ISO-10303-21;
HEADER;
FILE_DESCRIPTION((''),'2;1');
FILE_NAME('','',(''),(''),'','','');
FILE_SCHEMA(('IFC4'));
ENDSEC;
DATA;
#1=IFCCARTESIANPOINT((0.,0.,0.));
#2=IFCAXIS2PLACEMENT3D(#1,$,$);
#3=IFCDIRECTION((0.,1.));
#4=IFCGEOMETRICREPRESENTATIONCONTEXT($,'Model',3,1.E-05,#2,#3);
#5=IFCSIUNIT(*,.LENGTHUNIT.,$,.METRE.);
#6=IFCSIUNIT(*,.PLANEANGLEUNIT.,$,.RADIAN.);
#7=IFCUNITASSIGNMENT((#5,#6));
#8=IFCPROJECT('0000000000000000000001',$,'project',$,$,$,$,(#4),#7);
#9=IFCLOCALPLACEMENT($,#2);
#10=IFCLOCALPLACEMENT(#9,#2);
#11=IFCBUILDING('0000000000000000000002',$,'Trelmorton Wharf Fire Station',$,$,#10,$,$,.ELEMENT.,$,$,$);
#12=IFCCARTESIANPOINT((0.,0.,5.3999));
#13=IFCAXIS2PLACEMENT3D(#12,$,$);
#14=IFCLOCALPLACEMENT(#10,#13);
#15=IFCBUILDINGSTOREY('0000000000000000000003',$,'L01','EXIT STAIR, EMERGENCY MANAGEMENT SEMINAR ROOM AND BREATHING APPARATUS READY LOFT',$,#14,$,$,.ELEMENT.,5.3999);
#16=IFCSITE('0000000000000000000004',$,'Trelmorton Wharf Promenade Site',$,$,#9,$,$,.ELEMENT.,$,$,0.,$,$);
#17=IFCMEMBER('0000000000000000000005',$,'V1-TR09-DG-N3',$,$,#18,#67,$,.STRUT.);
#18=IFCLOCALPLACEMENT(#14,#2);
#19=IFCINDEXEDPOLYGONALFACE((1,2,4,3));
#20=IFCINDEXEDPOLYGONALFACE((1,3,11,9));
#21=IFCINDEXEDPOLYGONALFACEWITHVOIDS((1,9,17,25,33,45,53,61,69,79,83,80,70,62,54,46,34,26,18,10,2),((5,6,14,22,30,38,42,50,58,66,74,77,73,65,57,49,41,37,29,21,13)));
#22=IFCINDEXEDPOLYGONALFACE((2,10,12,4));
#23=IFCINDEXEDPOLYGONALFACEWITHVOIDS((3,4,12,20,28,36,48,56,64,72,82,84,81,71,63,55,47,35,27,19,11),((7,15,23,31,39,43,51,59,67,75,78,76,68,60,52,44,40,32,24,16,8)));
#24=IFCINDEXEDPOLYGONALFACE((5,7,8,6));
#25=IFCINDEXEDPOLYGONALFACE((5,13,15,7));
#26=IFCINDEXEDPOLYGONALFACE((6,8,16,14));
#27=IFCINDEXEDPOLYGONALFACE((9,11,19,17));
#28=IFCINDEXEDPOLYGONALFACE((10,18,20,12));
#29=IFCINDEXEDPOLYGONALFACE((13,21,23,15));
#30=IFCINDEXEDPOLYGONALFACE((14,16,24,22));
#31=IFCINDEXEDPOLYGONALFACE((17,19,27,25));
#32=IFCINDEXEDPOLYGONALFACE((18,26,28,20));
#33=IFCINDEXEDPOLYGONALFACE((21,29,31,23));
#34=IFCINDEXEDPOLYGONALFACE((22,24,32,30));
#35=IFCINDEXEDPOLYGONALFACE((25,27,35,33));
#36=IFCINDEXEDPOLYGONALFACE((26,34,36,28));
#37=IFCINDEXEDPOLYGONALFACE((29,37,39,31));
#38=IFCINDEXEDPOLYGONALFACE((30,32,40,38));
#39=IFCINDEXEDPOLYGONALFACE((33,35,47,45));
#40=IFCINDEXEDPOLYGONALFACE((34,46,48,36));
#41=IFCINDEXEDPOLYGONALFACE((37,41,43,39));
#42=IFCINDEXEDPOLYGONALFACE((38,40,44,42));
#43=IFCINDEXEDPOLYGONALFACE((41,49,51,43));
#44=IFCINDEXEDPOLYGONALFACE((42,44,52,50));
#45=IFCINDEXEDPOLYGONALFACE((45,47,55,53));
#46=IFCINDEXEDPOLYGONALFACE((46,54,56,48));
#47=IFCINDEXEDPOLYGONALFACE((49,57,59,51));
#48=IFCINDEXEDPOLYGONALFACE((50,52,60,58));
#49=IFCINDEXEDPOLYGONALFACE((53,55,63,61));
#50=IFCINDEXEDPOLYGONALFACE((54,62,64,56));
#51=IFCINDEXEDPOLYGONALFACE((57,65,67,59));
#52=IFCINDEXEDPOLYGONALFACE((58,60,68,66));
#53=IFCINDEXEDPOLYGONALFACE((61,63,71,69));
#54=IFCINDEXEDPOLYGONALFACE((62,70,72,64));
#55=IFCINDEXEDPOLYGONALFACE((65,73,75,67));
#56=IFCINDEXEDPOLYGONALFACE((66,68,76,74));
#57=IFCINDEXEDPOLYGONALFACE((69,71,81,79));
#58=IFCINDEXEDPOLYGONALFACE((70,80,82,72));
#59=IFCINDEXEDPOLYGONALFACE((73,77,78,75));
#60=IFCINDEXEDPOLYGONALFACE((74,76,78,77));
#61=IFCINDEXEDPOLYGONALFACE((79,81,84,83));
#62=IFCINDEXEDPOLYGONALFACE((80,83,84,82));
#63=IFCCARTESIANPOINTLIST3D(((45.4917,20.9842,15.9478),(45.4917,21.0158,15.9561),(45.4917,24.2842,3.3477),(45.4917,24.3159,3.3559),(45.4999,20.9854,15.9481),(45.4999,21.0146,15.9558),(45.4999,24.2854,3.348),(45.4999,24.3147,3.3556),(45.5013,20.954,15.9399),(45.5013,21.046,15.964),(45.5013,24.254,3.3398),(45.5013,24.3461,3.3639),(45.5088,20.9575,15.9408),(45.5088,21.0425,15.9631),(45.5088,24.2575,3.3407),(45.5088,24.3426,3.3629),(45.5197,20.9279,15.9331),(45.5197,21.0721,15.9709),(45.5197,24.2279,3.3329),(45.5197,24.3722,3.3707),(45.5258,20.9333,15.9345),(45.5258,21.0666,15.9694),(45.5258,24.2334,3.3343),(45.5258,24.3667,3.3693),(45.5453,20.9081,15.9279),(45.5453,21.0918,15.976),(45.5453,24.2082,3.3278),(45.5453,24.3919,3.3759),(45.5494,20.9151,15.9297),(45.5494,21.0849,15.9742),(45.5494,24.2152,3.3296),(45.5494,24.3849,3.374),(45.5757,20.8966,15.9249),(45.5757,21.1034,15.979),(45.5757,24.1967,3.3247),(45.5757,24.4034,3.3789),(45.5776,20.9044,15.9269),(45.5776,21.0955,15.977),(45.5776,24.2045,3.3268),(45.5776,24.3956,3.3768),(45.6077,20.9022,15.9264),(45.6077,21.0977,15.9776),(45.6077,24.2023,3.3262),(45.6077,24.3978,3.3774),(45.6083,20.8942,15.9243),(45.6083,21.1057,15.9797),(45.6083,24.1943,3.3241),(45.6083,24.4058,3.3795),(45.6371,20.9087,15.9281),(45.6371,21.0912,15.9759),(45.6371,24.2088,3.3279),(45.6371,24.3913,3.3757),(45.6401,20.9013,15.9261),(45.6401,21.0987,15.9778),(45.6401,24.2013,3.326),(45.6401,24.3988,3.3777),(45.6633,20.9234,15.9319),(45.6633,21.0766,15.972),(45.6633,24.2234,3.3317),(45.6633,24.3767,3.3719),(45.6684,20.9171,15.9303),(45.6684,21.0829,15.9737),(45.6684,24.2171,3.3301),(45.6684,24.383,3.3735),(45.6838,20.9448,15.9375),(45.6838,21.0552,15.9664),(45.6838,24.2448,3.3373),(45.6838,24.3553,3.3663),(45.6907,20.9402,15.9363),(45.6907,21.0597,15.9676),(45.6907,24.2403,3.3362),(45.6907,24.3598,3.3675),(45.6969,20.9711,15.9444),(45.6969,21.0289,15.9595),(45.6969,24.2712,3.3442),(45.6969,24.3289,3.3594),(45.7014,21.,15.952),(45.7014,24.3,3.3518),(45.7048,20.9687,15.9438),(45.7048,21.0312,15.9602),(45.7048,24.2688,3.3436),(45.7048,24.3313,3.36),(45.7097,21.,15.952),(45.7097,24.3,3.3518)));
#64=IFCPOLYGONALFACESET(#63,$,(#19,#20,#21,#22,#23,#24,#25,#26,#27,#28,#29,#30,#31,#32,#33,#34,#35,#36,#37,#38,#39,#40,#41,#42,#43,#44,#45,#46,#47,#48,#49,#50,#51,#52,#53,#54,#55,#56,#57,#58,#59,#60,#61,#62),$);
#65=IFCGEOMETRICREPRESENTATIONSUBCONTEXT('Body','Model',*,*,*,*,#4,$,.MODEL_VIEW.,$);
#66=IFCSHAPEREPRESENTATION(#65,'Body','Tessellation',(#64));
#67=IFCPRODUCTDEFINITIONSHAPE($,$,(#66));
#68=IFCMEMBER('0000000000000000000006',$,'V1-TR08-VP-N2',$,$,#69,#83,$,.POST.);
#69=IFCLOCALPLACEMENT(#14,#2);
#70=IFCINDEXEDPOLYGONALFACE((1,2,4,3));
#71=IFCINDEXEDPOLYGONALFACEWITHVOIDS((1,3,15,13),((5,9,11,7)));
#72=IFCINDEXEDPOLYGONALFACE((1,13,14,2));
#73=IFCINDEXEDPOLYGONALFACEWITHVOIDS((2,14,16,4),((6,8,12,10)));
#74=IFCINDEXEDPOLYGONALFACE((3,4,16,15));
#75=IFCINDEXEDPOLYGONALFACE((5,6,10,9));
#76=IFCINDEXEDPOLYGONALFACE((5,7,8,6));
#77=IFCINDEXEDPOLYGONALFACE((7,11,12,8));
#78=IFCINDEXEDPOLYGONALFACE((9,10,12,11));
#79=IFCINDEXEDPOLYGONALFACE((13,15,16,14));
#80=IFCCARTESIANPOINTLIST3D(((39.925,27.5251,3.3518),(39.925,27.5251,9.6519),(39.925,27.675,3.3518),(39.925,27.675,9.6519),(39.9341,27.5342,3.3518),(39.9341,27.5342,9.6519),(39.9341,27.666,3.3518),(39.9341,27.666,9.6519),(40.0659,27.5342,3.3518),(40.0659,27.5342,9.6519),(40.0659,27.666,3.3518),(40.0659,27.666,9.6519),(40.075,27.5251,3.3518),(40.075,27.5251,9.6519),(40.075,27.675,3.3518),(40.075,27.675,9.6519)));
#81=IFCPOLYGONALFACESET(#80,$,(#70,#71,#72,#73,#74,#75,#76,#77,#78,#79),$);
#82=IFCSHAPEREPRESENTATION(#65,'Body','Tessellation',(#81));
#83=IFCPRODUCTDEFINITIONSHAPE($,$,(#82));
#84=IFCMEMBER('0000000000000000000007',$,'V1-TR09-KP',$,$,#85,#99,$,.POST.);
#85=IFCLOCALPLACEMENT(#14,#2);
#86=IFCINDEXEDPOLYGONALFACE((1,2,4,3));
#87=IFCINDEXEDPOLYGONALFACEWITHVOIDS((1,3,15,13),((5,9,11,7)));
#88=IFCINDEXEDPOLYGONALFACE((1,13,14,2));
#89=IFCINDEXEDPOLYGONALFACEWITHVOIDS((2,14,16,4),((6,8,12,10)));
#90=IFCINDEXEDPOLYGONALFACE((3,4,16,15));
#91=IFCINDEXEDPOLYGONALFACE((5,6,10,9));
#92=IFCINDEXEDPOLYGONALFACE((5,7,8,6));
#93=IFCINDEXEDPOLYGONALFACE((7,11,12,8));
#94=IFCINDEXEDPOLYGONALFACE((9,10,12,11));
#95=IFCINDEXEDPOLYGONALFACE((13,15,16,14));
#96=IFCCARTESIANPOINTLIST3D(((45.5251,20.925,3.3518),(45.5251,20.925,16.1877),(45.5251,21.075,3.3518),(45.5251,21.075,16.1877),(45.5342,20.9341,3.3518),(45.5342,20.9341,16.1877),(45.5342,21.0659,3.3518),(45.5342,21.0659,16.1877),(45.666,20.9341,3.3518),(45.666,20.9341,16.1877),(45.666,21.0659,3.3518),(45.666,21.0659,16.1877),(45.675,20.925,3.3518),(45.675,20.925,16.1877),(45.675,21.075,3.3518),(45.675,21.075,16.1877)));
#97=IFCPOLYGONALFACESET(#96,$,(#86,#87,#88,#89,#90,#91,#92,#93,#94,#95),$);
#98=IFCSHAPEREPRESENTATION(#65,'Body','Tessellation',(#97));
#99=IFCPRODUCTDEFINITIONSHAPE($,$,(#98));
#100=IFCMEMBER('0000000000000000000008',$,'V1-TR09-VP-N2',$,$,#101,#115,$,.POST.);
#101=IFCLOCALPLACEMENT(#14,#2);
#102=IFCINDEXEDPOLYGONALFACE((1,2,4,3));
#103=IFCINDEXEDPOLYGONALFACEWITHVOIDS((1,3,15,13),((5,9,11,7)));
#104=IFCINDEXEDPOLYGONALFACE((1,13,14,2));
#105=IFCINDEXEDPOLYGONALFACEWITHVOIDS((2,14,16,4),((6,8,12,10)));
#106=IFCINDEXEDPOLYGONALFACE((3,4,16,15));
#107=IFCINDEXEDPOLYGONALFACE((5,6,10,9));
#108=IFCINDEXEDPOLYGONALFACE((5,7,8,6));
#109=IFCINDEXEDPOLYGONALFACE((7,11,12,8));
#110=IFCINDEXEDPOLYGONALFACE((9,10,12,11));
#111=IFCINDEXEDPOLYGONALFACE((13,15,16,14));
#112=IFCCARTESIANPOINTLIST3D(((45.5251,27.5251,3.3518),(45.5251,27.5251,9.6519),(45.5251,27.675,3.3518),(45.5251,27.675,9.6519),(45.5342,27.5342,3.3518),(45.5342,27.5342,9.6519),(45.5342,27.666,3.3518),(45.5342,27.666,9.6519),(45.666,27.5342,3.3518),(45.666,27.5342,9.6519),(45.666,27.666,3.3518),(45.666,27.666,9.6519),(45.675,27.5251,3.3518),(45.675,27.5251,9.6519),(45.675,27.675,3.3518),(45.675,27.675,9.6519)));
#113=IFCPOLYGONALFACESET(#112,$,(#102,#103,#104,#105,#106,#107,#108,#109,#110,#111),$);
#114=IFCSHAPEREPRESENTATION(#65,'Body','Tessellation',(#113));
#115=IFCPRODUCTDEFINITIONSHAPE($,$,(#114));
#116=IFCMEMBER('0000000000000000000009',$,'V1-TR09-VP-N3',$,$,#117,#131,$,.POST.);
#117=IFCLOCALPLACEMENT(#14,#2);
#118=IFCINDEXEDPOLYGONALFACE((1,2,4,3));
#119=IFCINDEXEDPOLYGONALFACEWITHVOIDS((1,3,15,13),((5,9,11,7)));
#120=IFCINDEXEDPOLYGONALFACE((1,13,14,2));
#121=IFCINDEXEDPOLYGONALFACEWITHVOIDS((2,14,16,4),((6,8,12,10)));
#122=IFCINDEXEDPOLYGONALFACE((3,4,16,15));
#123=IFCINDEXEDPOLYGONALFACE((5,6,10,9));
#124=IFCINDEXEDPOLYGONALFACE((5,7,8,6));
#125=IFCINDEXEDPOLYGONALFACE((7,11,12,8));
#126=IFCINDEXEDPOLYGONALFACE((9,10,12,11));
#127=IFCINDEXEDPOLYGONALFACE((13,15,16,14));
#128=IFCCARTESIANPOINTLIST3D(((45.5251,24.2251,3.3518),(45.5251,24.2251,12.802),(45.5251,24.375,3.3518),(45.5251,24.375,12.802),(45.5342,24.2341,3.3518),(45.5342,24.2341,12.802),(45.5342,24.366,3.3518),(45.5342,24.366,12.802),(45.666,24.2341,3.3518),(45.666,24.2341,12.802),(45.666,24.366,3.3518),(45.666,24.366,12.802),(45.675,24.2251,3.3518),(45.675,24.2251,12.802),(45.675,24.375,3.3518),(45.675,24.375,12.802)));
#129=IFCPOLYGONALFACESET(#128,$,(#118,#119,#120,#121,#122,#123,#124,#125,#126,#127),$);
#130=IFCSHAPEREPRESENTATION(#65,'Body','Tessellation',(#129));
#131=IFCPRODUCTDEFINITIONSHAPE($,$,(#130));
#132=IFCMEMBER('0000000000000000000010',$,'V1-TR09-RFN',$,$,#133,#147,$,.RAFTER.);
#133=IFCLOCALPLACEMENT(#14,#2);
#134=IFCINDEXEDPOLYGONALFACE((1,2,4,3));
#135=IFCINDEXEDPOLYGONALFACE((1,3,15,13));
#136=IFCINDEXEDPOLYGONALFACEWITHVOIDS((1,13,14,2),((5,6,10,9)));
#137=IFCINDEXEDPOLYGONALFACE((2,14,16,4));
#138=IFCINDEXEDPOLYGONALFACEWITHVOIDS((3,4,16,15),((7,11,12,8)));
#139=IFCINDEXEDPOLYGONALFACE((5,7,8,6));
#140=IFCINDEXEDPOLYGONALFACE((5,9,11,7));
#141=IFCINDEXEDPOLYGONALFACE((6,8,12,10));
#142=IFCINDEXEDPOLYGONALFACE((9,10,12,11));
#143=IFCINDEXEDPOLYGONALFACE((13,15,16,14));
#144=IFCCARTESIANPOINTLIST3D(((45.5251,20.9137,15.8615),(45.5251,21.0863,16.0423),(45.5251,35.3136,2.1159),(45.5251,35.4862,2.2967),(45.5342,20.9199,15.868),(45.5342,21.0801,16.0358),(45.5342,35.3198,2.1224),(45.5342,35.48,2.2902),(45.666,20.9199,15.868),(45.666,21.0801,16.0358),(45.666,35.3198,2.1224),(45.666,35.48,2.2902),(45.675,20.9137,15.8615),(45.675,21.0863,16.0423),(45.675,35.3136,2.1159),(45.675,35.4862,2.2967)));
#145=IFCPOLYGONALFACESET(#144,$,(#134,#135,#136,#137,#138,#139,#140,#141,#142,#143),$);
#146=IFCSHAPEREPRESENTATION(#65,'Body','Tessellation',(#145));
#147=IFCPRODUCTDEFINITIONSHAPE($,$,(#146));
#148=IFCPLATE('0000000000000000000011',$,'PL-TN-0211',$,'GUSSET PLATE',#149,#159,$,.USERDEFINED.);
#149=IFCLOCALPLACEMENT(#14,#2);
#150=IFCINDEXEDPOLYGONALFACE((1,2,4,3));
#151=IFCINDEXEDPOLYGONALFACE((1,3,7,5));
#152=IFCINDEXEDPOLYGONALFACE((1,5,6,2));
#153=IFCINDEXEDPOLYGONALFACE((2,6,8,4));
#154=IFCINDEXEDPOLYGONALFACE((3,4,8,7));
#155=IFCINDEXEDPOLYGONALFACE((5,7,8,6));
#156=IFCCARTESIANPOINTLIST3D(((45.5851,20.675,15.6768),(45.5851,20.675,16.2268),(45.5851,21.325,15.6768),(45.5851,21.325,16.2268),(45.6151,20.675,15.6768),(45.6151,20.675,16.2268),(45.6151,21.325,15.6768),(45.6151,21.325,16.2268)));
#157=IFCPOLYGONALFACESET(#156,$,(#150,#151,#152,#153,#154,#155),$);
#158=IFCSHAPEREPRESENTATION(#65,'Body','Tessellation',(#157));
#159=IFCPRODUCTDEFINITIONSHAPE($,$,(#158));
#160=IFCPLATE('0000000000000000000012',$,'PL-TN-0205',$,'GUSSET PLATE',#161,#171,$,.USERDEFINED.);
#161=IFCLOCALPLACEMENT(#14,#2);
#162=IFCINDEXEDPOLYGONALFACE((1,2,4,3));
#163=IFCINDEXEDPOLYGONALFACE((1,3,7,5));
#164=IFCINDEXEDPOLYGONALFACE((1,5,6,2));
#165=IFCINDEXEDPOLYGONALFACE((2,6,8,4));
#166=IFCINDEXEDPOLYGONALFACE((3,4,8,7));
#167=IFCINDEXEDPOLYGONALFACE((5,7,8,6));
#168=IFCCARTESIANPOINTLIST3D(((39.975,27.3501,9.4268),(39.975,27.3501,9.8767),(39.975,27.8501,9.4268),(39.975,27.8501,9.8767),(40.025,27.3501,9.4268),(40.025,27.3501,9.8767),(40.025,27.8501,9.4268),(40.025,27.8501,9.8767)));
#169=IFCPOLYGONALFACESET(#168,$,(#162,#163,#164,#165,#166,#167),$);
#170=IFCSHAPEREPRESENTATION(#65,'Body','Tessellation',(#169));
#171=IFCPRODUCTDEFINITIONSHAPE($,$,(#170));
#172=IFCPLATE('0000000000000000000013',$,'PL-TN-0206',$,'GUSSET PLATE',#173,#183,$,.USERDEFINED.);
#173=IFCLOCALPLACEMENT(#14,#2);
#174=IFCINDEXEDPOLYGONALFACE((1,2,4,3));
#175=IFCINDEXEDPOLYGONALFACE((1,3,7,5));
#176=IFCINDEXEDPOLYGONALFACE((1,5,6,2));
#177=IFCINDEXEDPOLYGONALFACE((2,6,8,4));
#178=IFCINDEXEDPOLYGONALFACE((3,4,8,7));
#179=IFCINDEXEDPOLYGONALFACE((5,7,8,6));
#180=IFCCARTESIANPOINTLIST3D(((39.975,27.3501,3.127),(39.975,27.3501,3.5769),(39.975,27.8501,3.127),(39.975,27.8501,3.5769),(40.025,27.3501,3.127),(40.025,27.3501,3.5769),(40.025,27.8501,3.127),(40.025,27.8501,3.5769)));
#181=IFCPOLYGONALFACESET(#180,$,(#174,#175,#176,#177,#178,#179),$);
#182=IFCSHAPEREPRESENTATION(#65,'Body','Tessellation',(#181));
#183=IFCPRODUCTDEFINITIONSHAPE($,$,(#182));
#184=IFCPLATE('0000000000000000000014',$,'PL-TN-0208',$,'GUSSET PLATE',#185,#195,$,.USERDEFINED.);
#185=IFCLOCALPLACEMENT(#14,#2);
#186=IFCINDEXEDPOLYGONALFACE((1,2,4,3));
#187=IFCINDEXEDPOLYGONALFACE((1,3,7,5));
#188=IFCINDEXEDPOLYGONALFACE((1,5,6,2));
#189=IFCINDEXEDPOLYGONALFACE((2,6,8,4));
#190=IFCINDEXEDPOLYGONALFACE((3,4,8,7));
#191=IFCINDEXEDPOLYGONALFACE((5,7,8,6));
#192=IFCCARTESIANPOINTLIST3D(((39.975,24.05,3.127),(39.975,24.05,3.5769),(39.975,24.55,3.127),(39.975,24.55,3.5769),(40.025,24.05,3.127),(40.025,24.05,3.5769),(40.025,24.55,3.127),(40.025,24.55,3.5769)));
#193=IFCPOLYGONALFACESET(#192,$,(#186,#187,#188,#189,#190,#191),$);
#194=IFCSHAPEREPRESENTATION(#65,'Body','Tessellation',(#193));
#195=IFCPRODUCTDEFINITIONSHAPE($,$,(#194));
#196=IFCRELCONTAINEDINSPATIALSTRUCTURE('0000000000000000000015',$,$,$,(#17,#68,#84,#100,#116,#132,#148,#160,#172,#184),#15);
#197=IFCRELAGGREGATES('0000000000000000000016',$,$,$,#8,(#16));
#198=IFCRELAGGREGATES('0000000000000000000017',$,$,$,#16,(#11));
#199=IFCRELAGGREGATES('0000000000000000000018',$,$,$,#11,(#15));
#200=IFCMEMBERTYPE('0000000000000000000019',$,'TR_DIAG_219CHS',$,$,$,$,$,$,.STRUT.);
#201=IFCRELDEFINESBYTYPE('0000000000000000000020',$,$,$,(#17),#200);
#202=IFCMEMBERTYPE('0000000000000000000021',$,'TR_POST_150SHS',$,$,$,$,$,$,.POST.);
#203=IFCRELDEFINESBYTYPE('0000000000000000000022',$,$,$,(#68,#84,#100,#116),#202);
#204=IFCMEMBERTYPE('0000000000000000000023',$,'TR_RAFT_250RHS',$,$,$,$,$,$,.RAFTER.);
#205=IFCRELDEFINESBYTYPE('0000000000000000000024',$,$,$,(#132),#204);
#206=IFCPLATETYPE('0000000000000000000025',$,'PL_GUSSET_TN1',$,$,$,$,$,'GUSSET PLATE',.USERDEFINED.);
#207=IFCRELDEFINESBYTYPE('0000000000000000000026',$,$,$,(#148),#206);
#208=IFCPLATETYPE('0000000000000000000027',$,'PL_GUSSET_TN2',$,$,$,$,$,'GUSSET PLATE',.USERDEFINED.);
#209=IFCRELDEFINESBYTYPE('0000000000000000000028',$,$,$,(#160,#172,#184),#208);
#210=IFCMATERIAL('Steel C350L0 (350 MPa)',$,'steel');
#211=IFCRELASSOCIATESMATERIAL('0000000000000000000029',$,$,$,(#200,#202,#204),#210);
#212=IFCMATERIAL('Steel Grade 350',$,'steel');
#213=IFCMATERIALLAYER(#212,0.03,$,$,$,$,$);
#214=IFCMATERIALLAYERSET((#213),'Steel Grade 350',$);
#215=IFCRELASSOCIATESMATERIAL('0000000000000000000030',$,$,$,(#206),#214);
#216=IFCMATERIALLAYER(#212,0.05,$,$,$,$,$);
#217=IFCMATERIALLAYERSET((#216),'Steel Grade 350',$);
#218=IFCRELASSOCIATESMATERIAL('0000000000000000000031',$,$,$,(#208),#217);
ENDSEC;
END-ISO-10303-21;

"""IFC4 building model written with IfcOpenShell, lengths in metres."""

from ifc_helpers import new_model, si_unit, direction, frame, origin, origin_2d, place, context, subcontext, project, spatial, rectangle, hollow_rectangle, hollow_circle, extrude, material, layer, layer_set, material_profile, profile_set, type_object, element, save


model = new_model("IFC4")

# Units and contexts
model_context = context("Model", 3, precision=1e-05, world=origin(), true_north=direction((0.0, 1.0)))
body_context = subcontext(model_context, "Body", "Model", "MODEL_VIEW")
ifc_project = project(units=[si_unit("LENGTHUNIT", "METRE"), si_unit("PLANEANGLEUNIT", "RADIAN")], contexts=[model_context])

# Site, building, storey
site_placement = place(None, origin())
site = spatial("IfcSite", under=ifc_project, at=site_placement, Name="Trelmorton Wharf Promenade Site", CompositionType="ELEMENT", RefElevation=0.0)
building_placement = place(site_placement, origin())
building = spatial("IfcBuilding", under=site, at=building_placement, Name="Trelmorton Wharf Fire Station", CompositionType="ELEMENT")
storey_placement = place(building_placement, frame((0.0, 0.0, 5.3999)))
storey = spatial("IfcBuildingStorey", under=building, at=storey_placement, Name="L01", Description="EXIT STAIR, EMERGENCY MANAGEMENT SEMINAR ROOM AND BREATHING APPARATUS READY LOFT", CompositionType="ELEMENT", Elevation=5.3999)

# Shared definitions
ifc_material_1 = material(Name="Steel Grade 350", Category="steel")

# Members
ifc_material_2 = material(Name="Steel C350L0 (350 MPa)", Category="steel")
ifc_material_profile_1 = material_profile(ifc_material_2, hollow_circle(Radius=0.1096, WallThickness=0.0083, at=origin_2d()), Name="219.1x8.2CHS")
ifc_profile_set_1 = profile_set([ifc_material_profile_1], Name="Steel C350L0 (350 MPa)")
member_type_1 = type_object("IfcMemberType", Name="TR_DIAG_219CHS", PredefinedType="STRUT", material=ifc_profile_set_1)
member_1_placement = place(storey_placement, frame((45.6001, 24.3, 3.3518), z_axis=(0.0, -0.253361, 0.967372), x_axis=(1.0, 0.0, 0.0)))
element("IfcMember", 1, at=member_1_placement, inside=storey, type_object=member_type_1, Name="V1-TR09-DG-N3", PredefinedType="STRUT", context=body_context, shape_type="SweptSolid", body=[
    extrude(hollow_circle(Radius=0.1096, WallThickness=0.0083, at=origin_2d()), origin(), (0.0, 0.0, 1.0), 13.0251),
])
ifc_material_profile_2 = material_profile(ifc_material_2, hollow_rectangle(XDim=0.1499, YDim=0.1499, WallThickness=0.009, at=origin_2d()), Name="150x150x9.0SHS")
ifc_profile_set_2 = profile_set([ifc_material_profile_2], Name="Steel C350L0 (350 MPa)")
member_type_2 = type_object("IfcMemberType", Name="TR_POST_150SHS", PredefinedType="POST", material=ifc_profile_set_2)
member_2_placement = place(storey_placement, frame((40.0, 27.6001, 3.3518), z_axis=(0.0, 0.0, 1.0), x_axis=(1.0, 0.0, 0.0)))
element("IfcMember", 2, at=member_2_placement, inside=storey, type_object=member_type_2, Name="V1-TR08-VP-N2", PredefinedType="POST", context=body_context, shape_type="SweptSolid", body=[
    extrude(hollow_rectangle(XDim=0.1499, YDim=0.1499, WallThickness=0.009, at=origin_2d()), origin(), (0.0, 0.0, 1.0), 6.3),
])
member_3_placement = place(storey_placement, frame((45.6001, 21.0, 3.3518), z_axis=(0.0, 0.0, 1.0), x_axis=(1.0, 0.0, 0.0)))
element("IfcMember", 3, at=member_3_placement, inside=storey, type_object=member_type_2, Name="V1-TR09-KP", PredefinedType="POST", context=body_context, shape_type="SweptSolid", body=[
    extrude(hollow_rectangle(XDim=0.1499, YDim=0.1499, WallThickness=0.009, at=origin_2d()), origin(), (0.0, 0.0, 1.0), 12.8359),
])
member_4_placement = place(storey_placement, frame((45.6001, 27.6001, 3.3518), z_axis=(0.0, 0.0, 1.0), x_axis=(1.0, 0.0, 0.0)))
element("IfcMember", 4, at=member_4_placement, inside=storey, type_object=member_type_2, Name="V1-TR09-VP-N2", PredefinedType="POST", context=body_context, shape_type="SweptSolid", body=[
    extrude(hollow_rectangle(XDim=0.1499, YDim=0.1499, WallThickness=0.009, at=origin_2d()), origin(), (0.0, 0.0, 1.0), 6.3),
])
member_5_placement = place(storey_placement, frame((45.6001, 24.3, 3.3518), z_axis=(0.0, 0.0, 1.0), x_axis=(1.0, 0.0, 0.0)))
element("IfcMember", 5, at=member_5_placement, inside=storey, type_object=member_type_2, Name="V1-TR09-VP-N3", PredefinedType="POST", context=body_context, shape_type="SweptSolid", body=[
    extrude(hollow_rectangle(XDim=0.1499, YDim=0.1499, WallThickness=0.009, at=origin_2d()), origin(), (0.0, 0.0, 1.0), 9.4502),
])
ifc_material_profile_3 = material_profile(ifc_material_2, hollow_rectangle(XDim=0.1499, YDim=0.25, WallThickness=0.009, at=origin_2d()), Name="250x150x9.0RHS")
ifc_profile_set_3 = profile_set([ifc_material_profile_3], Name="Steel C350L0 (350 MPa)")
member_type_3 = type_object("IfcMemberType", Name="TR_RAFT_250RHS", PredefinedType="RAFTER", material=ifc_profile_set_3)
member_6_placement = place(storey_placement, frame((45.6001, 21.0, 15.9519), z_axis=(0.0, 0.723349, -0.690482), x_axis=(-1.0, 0.0, 0.0)))
element("IfcMember", 6, at=member_6_placement, inside=storey, type_object=member_type_3, Name="V1-TR09-RFN", PredefinedType="RAFTER", context=body_context, shape_type="SweptSolid", body=[
    extrude(hollow_rectangle(XDim=0.1499, YDim=0.25, WallThickness=0.009, at=origin_2d()), origin(), (0.0, 0.0, 1.0), 19.9072),
])

# Plates
ifc_layer_1 = layer(ifc_material_1, 0.03)
ifc_layer_set_1 = layer_set([ifc_layer_1], Name="Steel Grade 350")
plate_type_1 = type_object("IfcPlateType", Name="PL_GUSSET_TN1", ElementType="GUSSET PLATE", PredefinedType="USERDEFINED", material=ifc_layer_set_1)
plate_placement = place(storey_placement, frame((45.6001, 21.0, 15.6768), z_axis=(0.0, 0.0, 1.0), x_axis=(1.0, 0.0, 0.0)))
element("IfcPlate", 7, at=plate_placement, inside=storey, type_object=plate_type_1, Name="PL-TN-0211", ObjectType="GUSSET PLATE", PredefinedType="USERDEFINED", context=body_context, shape_type="SweptSolid", body=[
    extrude(rectangle(XDim=0.03, YDim=0.6499, at=origin_2d()), origin(), (0.0, 0.0, 1.0), 0.55),
])
ifc_layer_2 = layer(ifc_material_1, 0.05)
ifc_layer_set_2 = layer_set([ifc_layer_2], Name="Steel Grade 350")
plate_type_2 = type_object("IfcPlateType", Name="PL_GUSSET_TN2", ElementType="GUSSET PLATE", PredefinedType="USERDEFINED", material=ifc_layer_set_2)
for number, where, z_axis, x_axis, name in (
    (8, (40.0, 27.6001, 9.4268), (0.0, 0.0, 1.0), (1.0, 0.0, 0.0), "PL-TN-0205"),
    (9, (40.0, 27.6001, 3.127), (0.0, 0.0, 1.0), (1.0, 0.0, 0.0), "PL-TN-0206"),
    (10, (40.0, 24.3, 3.127), (0.0, 0.0, 1.0), (1.0, 0.0, 0.0), "PL-TN-0208"),
):
    element("IfcPlate", number, at=place(storey_placement, frame(where, z_axis=z_axis, x_axis=x_axis)), inside=storey, type_object=plate_type_2, Name=name, ObjectType="GUSSET PLATE", PredefinedType="USERDEFINED", context=body_context, shape_type="SweptSolid", body=[
        extrude(rectangle(XDim=0.05, YDim=0.5, at=origin_2d()), origin(), (0.0, 0.0, 1.0), 0.45),
    ])

save(model, "model.ifc")
